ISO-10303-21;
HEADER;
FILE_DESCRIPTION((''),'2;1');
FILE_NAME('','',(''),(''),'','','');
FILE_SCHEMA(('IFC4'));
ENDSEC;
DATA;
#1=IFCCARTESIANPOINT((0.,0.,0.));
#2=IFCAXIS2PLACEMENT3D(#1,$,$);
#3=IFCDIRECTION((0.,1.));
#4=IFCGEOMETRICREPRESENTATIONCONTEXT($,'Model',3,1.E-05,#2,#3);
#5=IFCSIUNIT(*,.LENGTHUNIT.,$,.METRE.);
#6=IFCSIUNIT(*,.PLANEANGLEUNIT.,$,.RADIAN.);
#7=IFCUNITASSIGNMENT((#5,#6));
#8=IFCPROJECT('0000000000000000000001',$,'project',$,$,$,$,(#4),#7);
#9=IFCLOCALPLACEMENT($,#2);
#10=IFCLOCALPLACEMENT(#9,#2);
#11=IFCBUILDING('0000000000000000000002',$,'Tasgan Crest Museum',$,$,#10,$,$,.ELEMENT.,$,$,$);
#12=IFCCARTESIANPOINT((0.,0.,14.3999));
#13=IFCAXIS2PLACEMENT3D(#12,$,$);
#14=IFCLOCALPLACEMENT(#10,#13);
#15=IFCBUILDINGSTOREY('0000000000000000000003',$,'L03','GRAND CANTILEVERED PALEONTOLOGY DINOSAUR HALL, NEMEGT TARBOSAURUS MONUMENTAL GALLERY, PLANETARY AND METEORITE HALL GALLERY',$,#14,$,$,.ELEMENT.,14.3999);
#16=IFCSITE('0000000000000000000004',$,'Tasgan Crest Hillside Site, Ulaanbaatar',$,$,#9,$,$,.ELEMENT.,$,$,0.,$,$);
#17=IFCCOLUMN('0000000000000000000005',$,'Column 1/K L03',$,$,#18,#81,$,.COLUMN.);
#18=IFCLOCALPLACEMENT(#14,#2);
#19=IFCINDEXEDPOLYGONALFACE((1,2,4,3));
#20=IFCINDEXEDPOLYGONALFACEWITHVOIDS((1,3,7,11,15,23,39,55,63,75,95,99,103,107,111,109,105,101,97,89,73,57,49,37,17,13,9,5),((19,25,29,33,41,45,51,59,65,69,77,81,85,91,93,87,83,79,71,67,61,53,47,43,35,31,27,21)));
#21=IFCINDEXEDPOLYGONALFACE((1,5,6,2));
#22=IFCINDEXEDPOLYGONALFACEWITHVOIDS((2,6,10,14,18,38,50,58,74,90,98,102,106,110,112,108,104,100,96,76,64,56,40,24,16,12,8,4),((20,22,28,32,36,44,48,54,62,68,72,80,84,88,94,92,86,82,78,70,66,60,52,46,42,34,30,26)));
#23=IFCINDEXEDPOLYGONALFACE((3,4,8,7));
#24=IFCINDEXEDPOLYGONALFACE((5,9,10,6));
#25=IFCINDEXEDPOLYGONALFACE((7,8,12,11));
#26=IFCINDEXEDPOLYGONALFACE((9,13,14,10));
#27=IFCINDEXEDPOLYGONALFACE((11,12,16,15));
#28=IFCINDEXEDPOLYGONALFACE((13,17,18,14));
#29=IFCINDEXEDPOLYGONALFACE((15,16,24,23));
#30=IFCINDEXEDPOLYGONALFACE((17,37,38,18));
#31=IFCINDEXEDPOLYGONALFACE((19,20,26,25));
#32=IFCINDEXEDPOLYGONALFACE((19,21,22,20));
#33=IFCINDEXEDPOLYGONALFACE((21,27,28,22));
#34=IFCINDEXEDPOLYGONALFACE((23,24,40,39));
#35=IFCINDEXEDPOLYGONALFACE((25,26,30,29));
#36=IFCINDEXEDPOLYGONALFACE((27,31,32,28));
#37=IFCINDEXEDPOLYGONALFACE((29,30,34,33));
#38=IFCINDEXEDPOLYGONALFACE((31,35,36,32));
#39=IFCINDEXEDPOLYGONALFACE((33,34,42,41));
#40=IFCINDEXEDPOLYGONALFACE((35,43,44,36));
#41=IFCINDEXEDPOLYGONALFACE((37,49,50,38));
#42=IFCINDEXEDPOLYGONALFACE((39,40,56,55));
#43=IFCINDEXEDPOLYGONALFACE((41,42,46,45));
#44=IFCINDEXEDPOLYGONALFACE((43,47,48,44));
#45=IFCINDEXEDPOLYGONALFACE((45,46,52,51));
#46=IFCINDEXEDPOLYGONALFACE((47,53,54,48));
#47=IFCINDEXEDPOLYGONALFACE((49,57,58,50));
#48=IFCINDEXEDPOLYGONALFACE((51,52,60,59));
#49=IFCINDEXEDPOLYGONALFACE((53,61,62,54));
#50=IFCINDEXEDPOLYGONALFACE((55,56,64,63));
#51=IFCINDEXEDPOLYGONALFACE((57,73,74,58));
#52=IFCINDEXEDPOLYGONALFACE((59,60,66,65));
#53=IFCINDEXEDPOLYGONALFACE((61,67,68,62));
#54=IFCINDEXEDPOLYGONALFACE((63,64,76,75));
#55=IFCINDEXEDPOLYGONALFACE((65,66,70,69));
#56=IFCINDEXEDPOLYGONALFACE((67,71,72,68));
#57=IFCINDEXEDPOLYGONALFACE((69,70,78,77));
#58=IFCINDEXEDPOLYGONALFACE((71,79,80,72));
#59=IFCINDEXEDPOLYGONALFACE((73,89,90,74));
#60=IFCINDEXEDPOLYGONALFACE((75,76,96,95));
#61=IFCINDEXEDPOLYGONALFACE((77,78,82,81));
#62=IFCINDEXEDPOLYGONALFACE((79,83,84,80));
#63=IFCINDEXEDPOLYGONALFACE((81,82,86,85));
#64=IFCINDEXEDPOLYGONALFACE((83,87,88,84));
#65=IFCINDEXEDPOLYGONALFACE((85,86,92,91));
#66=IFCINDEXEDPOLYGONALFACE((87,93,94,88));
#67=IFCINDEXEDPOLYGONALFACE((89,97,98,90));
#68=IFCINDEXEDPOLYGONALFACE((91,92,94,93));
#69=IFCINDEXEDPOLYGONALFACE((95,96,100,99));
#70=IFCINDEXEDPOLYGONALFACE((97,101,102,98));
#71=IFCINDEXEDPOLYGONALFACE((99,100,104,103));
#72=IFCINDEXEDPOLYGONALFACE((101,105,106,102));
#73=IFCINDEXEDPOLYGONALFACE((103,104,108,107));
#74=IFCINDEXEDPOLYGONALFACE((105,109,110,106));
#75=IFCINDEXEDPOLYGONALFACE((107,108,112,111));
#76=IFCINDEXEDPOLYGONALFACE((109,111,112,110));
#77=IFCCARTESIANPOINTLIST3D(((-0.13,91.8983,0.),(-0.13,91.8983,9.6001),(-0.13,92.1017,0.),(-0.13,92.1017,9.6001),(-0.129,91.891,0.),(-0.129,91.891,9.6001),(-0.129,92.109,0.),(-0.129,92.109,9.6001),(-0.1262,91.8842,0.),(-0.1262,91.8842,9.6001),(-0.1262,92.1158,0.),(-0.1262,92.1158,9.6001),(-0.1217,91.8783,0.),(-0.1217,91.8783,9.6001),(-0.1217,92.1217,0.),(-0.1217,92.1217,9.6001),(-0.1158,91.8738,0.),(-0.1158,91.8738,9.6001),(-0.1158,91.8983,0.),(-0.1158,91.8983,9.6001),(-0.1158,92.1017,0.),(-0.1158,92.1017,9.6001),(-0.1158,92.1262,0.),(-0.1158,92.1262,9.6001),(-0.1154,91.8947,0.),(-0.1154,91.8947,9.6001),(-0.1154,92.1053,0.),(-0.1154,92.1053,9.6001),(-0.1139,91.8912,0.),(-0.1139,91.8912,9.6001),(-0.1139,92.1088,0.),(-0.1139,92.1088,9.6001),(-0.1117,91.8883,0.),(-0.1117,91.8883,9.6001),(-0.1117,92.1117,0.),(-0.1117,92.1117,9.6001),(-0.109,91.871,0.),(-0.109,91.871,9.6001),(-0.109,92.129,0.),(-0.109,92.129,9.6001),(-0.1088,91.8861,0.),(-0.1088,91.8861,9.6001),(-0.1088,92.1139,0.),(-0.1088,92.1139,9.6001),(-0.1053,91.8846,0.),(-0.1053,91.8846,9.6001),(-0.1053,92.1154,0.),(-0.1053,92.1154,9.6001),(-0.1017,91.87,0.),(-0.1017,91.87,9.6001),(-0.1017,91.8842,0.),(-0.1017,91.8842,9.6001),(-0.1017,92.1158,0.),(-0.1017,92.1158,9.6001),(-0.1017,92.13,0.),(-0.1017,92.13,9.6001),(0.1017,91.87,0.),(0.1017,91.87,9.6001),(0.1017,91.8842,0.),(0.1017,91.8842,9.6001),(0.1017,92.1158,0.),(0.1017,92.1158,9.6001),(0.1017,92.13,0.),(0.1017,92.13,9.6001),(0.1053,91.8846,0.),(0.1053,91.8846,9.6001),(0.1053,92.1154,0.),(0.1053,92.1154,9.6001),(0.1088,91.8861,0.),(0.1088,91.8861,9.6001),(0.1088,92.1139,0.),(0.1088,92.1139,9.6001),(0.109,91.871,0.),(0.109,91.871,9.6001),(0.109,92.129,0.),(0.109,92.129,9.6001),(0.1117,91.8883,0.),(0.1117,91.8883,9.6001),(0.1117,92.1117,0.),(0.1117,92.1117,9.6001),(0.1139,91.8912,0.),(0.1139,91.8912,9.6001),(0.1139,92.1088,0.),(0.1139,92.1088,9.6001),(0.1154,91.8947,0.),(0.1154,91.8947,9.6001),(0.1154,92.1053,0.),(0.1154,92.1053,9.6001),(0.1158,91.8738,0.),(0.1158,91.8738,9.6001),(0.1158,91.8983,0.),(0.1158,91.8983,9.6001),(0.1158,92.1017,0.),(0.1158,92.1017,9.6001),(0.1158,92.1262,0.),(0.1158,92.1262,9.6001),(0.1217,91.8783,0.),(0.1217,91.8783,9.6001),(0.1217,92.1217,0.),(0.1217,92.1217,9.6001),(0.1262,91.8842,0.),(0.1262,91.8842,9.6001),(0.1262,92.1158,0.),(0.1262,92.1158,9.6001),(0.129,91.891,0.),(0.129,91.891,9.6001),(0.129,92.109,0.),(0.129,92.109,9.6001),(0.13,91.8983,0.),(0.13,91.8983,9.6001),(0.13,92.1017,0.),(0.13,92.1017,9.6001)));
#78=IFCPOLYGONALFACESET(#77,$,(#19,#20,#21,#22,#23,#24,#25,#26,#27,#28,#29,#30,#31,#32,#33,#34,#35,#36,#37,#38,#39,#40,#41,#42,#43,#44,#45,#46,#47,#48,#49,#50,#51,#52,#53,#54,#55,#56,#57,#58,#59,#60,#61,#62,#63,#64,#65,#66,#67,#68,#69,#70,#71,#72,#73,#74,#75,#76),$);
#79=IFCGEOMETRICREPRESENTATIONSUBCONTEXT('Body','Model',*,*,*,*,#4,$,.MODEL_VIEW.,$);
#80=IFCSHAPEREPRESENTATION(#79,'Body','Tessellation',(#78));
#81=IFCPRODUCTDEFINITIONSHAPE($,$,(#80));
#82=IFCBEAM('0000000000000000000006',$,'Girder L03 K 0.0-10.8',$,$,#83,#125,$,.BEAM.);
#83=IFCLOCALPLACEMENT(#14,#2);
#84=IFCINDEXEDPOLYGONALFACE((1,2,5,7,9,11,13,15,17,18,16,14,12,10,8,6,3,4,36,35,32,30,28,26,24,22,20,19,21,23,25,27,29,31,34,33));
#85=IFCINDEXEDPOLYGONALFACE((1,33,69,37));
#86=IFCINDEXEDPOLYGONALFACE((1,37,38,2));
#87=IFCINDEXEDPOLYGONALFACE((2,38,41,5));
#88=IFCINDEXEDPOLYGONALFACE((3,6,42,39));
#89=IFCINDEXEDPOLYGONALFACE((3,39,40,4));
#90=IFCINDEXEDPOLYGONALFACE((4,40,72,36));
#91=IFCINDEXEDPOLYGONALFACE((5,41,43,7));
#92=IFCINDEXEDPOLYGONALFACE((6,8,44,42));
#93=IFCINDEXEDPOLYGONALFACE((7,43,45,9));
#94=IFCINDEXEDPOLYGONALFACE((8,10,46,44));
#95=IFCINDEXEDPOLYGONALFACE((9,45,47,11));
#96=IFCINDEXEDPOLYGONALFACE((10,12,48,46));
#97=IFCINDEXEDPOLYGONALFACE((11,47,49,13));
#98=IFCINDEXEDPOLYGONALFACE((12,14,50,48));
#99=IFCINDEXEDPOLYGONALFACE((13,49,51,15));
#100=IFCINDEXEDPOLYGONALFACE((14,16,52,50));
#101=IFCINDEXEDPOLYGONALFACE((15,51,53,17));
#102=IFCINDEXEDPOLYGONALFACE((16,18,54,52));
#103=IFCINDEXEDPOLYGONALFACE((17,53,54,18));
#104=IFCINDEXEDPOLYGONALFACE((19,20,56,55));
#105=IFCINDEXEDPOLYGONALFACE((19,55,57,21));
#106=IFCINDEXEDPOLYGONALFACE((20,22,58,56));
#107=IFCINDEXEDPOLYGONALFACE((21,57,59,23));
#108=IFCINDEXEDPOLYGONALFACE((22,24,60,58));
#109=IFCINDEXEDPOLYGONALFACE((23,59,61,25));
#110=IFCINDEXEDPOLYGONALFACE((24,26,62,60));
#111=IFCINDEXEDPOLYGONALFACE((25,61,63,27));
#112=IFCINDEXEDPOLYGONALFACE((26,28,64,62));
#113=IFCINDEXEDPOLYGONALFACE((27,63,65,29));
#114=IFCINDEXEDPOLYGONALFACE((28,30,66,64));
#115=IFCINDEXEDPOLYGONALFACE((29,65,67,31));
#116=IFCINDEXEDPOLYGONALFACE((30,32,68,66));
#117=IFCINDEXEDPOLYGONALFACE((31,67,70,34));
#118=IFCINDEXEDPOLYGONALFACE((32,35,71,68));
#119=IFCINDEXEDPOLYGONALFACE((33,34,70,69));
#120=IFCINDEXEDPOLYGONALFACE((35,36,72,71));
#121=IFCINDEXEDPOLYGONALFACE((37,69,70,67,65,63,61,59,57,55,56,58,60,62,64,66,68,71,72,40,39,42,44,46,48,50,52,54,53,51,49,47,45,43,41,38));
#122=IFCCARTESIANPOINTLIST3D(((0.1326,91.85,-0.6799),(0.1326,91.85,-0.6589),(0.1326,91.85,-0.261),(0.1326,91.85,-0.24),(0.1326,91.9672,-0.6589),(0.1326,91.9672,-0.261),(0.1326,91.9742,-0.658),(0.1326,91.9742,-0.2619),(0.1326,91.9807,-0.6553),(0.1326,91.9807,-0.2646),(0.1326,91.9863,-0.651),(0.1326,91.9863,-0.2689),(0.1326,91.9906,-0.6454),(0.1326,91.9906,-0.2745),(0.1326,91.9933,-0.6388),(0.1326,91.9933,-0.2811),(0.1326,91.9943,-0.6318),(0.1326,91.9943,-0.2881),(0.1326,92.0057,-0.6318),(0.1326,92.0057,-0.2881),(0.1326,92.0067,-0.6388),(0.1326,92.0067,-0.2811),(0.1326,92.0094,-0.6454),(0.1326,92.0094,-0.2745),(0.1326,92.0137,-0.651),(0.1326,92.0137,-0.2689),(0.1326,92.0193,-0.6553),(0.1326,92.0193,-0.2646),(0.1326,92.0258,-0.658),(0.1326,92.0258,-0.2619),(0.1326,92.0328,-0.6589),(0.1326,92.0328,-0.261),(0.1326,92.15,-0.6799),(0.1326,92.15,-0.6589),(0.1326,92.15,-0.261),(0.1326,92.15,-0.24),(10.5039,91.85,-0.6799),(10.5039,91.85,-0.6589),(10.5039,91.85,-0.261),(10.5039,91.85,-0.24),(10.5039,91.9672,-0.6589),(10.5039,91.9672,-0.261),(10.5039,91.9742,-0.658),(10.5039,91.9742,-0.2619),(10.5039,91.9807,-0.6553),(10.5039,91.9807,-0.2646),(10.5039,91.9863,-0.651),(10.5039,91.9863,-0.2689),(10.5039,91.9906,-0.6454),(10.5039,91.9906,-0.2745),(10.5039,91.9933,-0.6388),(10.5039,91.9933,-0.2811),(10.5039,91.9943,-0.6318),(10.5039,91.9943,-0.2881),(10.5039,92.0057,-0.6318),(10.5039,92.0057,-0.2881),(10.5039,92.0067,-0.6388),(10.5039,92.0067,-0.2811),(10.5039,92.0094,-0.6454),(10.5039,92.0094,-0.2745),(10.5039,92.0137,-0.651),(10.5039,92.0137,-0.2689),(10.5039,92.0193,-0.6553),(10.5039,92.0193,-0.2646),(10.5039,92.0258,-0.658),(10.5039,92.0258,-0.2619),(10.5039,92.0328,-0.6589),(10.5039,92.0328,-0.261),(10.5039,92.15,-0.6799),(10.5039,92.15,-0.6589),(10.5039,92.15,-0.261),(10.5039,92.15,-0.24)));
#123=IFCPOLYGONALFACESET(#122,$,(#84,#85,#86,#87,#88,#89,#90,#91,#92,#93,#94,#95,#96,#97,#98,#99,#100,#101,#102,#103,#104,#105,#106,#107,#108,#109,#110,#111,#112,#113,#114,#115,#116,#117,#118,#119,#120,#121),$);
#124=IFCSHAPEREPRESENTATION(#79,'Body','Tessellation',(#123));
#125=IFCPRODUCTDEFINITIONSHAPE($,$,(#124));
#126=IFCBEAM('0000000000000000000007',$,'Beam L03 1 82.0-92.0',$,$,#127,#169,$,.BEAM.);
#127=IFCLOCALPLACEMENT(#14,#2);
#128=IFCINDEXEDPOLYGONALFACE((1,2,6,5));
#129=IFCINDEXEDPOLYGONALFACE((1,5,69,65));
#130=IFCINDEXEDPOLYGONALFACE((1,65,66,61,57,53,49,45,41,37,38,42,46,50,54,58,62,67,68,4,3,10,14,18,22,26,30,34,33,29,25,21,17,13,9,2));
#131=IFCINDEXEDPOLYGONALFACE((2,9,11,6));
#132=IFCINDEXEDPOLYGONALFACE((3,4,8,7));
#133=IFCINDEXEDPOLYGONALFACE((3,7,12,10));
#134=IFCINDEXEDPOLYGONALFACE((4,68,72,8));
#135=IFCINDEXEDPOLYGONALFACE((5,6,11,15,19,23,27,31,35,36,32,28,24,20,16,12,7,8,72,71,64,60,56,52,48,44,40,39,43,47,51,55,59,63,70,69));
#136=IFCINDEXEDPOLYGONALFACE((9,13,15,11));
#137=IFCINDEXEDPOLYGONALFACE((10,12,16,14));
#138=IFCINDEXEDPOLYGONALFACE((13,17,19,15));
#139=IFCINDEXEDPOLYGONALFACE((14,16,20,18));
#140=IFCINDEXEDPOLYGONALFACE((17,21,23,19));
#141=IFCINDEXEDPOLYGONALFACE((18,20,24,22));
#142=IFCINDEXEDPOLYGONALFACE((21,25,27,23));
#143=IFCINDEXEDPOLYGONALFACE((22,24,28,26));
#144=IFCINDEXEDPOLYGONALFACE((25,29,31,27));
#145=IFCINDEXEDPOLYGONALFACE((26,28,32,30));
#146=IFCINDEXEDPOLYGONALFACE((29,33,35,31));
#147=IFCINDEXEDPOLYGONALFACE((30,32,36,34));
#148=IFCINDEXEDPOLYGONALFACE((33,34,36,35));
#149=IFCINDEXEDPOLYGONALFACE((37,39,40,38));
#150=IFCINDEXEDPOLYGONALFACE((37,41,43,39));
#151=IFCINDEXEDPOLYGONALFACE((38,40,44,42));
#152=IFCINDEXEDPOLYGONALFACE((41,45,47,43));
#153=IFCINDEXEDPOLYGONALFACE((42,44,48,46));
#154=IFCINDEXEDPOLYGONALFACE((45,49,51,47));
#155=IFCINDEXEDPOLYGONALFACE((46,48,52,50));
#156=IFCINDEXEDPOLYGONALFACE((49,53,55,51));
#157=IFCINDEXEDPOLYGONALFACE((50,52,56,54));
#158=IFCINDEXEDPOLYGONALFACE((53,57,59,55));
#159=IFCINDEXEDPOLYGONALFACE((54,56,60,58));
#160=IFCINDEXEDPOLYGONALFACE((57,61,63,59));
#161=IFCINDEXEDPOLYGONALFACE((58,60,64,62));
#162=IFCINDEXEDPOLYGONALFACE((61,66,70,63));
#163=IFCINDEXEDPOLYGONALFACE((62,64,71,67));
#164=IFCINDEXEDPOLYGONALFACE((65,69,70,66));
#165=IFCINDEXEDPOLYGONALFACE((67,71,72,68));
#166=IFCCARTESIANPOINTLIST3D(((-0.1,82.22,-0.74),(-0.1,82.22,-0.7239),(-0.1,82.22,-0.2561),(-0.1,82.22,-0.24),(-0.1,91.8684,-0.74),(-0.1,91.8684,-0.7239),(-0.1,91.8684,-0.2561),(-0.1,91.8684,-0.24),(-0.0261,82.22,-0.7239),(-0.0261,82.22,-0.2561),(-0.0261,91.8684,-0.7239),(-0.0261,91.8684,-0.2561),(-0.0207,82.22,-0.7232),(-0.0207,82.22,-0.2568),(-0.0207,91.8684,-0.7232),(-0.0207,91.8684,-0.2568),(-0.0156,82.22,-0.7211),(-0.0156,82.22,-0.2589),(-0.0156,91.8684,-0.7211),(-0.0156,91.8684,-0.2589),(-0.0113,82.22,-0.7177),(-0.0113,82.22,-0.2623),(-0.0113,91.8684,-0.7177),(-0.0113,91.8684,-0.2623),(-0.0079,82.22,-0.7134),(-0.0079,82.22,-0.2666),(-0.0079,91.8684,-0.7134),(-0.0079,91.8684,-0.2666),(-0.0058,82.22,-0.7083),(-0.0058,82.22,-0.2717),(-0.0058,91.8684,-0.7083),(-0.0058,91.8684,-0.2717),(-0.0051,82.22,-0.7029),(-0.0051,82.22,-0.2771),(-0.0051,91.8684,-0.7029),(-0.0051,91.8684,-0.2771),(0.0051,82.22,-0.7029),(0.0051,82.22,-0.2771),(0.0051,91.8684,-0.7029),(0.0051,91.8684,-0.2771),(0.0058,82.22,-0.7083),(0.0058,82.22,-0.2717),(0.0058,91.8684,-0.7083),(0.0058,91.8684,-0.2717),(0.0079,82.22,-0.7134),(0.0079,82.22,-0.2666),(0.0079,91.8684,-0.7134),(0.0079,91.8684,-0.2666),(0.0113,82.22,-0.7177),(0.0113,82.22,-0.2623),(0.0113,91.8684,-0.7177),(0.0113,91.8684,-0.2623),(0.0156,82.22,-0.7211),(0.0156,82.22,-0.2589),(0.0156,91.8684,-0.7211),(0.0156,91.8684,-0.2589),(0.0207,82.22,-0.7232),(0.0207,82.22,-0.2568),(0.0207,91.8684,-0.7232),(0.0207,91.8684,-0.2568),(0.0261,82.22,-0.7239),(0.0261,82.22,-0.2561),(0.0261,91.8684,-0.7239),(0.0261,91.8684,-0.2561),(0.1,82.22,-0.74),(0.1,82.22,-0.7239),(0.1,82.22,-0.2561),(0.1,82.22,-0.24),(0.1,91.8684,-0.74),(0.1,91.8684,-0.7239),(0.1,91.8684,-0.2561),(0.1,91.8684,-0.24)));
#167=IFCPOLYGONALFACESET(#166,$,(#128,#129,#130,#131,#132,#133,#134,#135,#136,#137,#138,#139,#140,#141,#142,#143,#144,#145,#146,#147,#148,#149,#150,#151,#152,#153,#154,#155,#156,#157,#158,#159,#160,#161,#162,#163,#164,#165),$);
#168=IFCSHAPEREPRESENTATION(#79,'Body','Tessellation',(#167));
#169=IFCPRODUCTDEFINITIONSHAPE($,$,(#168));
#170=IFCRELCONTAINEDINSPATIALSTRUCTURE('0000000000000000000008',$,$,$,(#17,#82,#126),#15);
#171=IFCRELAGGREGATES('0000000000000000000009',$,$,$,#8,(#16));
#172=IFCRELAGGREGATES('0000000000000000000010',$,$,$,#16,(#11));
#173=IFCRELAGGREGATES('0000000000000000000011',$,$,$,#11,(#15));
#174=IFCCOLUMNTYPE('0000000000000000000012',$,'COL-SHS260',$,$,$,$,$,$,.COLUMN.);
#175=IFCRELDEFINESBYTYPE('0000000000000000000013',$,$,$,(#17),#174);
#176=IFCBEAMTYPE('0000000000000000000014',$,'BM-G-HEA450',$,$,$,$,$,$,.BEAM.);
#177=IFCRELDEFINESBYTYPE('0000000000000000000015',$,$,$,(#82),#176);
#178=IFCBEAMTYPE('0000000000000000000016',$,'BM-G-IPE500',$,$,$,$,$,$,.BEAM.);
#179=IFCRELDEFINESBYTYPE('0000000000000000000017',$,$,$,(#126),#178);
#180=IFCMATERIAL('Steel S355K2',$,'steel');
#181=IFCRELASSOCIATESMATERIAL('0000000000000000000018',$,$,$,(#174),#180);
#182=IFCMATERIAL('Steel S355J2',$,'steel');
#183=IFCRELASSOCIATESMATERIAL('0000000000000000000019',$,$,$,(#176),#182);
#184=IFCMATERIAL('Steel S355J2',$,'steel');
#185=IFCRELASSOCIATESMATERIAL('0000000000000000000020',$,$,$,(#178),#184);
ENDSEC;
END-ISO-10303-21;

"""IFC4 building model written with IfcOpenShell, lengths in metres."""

from ifc_helpers import new_model, si_unit, direction, frame, origin, origin_2d, place, context, subcontext, project, spatial, hollow_rectangle, i_section, extrude, material, material_profile, profile_set, type_object, element, save


model = new_model("IFC4")

# Units and contexts
model_context = context("Model", 3, precision=1e-05, world=origin(), true_north=direction((0.0, 1.0)))
body_context = subcontext(model_context, "Body", "Model", "MODEL_VIEW")
ifc_project = project(units=[si_unit("LENGTHUNIT", "METRE"), si_unit("PLANEANGLEUNIT", "RADIAN")], contexts=[model_context])

# Site, building, storey
site_placement = place(None, origin())
site = spatial("IfcSite", under=ifc_project, at=site_placement, Name="Tasgan Crest Hillside Site, Ulaanbaatar", CompositionType="ELEMENT", RefElevation=0.0)
building_placement = place(site_placement, origin())
building = spatial("IfcBuilding", under=site, at=building_placement, Name="Tasgan Crest Museum", CompositionType="ELEMENT")
storey_placement = place(building_placement, frame((0.0, 0.0, 14.3999)))
storey = spatial("IfcBuildingStorey", under=building, at=storey_placement, Name="L03", Description="GRAND CANTILEVERED PALEONTOLOGY DINOSAUR HALL, NEMEGT TARBOSAURUS MONUMENTAL GALLERY, PLANETARY AND METEORITE HALL GALLERY", CompositionType="ELEMENT", Elevation=14.3999)

# Column
ifc_material_1 = material(Name="Steel S355K2", Category="steel")
ifc_material_profile_1 = material_profile(ifc_material_1, hollow_rectangle(XDim=0.26, YDim=0.26, WallThickness=0.0142, InnerFilletRadius=0.0142, OuterFilletRadius=0.0283, at=origin_2d()), Name="SHS 260x260x14.2")
ifc_profile_set_1 = profile_set([ifc_material_profile_1], Name="Steel S355K2")
column_type = type_object("IfcColumnType", Name="COL-SHS260", PredefinedType="COLUMN", material=ifc_profile_set_1)
column_placement = place(storey_placement, frame((0.0, 92.0, 0.0), z_axis=(0.0, 0.0, 1.0), x_axis=(1.0, 0.0, 0.0)))
element("IfcColumn", 1, at=column_placement, inside=storey, type_object=column_type, Name="Column 1/K L03", PredefinedType="COLUMN", context=body_context, shape_type="SweptSolid", body=[
    extrude(hollow_rectangle(XDim=0.26, YDim=0.26, WallThickness=0.0142, InnerFilletRadius=0.0142, OuterFilletRadius=0.0283, at=origin_2d()), origin(), (0.0, 0.0, 1.0), 9.6001),
])

# Beams
ifc_material_2 = material(Name="Steel S355J2", Category="steel")
ifc_material_profile_2 = material_profile(ifc_material_2, i_section(OverallWidth=0.3, OverallDepth=0.4399, WebThickness=0.0115, FlangeThickness=0.021, FilletRadius=0.0271, at=origin_2d()), Name="HEA 450")
ifc_profile_set_2 = profile_set([ifc_material_profile_2], Name="Steel S355J2")
beam_type_1 = type_object("IfcBeamType", Name="BM-G-HEA450", PredefinedType="BEAM", material=ifc_profile_set_2)
beam_1_placement = place(storey_placement, frame((0.1326, 92.0, -0.46), z_axis=(1.0, 0.0, 0.0), x_axis=(0.0, 1.0, 0.0)))
element("IfcBeam", 2, at=beam_1_placement, inside=storey, type_object=beam_type_1, Name="Girder L03 K 0.0-10.8", PredefinedType="BEAM", context=body_context, shape_type="SweptSolid", body=[
    extrude(i_section(OverallWidth=0.3, OverallDepth=0.4399, WebThickness=0.0115, FlangeThickness=0.021, FilletRadius=0.0271, at=origin_2d()), origin(), (0.0, 0.0, 1.0), 10.3713),
])
ifc_material_3 = material(Name="Steel S355J2", Category="steel")
ifc_material_profile_3 = material_profile(ifc_material_3, i_section(OverallWidth=0.2, OverallDepth=0.5, WebThickness=0.0103, FlangeThickness=0.0161, FilletRadius=0.021, at=origin_2d()), Name="IPE 500")
ifc_profile_set_3 = profile_set([ifc_material_profile_3], Name="Steel S355J2")
beam_type_2 = type_object("IfcBeamType", Name="BM-G-IPE500", PredefinedType="BEAM", material=ifc_profile_set_3)
beam_2_placement = place(storey_placement, frame((0.0, 82.22, -0.49), z_axis=(0.0, 1.0, 0.0), x_axis=(-1.0, 0.0, 0.0)))
element("IfcBeam", 3, at=beam_2_placement, inside=storey, type_object=beam_type_2, Name="Beam L03 1 82.0-92.0", PredefinedType="BEAM", context=body_context, shape_type="SweptSolid", body=[
    extrude(i_section(OverallWidth=0.2, OverallDepth=0.5, WebThickness=0.0103, FlangeThickness=0.0161, FilletRadius=0.021, at=origin_2d()), origin(), (0.0, 0.0, 1.0), 9.6484),
])

save(model, "model.ifc")
